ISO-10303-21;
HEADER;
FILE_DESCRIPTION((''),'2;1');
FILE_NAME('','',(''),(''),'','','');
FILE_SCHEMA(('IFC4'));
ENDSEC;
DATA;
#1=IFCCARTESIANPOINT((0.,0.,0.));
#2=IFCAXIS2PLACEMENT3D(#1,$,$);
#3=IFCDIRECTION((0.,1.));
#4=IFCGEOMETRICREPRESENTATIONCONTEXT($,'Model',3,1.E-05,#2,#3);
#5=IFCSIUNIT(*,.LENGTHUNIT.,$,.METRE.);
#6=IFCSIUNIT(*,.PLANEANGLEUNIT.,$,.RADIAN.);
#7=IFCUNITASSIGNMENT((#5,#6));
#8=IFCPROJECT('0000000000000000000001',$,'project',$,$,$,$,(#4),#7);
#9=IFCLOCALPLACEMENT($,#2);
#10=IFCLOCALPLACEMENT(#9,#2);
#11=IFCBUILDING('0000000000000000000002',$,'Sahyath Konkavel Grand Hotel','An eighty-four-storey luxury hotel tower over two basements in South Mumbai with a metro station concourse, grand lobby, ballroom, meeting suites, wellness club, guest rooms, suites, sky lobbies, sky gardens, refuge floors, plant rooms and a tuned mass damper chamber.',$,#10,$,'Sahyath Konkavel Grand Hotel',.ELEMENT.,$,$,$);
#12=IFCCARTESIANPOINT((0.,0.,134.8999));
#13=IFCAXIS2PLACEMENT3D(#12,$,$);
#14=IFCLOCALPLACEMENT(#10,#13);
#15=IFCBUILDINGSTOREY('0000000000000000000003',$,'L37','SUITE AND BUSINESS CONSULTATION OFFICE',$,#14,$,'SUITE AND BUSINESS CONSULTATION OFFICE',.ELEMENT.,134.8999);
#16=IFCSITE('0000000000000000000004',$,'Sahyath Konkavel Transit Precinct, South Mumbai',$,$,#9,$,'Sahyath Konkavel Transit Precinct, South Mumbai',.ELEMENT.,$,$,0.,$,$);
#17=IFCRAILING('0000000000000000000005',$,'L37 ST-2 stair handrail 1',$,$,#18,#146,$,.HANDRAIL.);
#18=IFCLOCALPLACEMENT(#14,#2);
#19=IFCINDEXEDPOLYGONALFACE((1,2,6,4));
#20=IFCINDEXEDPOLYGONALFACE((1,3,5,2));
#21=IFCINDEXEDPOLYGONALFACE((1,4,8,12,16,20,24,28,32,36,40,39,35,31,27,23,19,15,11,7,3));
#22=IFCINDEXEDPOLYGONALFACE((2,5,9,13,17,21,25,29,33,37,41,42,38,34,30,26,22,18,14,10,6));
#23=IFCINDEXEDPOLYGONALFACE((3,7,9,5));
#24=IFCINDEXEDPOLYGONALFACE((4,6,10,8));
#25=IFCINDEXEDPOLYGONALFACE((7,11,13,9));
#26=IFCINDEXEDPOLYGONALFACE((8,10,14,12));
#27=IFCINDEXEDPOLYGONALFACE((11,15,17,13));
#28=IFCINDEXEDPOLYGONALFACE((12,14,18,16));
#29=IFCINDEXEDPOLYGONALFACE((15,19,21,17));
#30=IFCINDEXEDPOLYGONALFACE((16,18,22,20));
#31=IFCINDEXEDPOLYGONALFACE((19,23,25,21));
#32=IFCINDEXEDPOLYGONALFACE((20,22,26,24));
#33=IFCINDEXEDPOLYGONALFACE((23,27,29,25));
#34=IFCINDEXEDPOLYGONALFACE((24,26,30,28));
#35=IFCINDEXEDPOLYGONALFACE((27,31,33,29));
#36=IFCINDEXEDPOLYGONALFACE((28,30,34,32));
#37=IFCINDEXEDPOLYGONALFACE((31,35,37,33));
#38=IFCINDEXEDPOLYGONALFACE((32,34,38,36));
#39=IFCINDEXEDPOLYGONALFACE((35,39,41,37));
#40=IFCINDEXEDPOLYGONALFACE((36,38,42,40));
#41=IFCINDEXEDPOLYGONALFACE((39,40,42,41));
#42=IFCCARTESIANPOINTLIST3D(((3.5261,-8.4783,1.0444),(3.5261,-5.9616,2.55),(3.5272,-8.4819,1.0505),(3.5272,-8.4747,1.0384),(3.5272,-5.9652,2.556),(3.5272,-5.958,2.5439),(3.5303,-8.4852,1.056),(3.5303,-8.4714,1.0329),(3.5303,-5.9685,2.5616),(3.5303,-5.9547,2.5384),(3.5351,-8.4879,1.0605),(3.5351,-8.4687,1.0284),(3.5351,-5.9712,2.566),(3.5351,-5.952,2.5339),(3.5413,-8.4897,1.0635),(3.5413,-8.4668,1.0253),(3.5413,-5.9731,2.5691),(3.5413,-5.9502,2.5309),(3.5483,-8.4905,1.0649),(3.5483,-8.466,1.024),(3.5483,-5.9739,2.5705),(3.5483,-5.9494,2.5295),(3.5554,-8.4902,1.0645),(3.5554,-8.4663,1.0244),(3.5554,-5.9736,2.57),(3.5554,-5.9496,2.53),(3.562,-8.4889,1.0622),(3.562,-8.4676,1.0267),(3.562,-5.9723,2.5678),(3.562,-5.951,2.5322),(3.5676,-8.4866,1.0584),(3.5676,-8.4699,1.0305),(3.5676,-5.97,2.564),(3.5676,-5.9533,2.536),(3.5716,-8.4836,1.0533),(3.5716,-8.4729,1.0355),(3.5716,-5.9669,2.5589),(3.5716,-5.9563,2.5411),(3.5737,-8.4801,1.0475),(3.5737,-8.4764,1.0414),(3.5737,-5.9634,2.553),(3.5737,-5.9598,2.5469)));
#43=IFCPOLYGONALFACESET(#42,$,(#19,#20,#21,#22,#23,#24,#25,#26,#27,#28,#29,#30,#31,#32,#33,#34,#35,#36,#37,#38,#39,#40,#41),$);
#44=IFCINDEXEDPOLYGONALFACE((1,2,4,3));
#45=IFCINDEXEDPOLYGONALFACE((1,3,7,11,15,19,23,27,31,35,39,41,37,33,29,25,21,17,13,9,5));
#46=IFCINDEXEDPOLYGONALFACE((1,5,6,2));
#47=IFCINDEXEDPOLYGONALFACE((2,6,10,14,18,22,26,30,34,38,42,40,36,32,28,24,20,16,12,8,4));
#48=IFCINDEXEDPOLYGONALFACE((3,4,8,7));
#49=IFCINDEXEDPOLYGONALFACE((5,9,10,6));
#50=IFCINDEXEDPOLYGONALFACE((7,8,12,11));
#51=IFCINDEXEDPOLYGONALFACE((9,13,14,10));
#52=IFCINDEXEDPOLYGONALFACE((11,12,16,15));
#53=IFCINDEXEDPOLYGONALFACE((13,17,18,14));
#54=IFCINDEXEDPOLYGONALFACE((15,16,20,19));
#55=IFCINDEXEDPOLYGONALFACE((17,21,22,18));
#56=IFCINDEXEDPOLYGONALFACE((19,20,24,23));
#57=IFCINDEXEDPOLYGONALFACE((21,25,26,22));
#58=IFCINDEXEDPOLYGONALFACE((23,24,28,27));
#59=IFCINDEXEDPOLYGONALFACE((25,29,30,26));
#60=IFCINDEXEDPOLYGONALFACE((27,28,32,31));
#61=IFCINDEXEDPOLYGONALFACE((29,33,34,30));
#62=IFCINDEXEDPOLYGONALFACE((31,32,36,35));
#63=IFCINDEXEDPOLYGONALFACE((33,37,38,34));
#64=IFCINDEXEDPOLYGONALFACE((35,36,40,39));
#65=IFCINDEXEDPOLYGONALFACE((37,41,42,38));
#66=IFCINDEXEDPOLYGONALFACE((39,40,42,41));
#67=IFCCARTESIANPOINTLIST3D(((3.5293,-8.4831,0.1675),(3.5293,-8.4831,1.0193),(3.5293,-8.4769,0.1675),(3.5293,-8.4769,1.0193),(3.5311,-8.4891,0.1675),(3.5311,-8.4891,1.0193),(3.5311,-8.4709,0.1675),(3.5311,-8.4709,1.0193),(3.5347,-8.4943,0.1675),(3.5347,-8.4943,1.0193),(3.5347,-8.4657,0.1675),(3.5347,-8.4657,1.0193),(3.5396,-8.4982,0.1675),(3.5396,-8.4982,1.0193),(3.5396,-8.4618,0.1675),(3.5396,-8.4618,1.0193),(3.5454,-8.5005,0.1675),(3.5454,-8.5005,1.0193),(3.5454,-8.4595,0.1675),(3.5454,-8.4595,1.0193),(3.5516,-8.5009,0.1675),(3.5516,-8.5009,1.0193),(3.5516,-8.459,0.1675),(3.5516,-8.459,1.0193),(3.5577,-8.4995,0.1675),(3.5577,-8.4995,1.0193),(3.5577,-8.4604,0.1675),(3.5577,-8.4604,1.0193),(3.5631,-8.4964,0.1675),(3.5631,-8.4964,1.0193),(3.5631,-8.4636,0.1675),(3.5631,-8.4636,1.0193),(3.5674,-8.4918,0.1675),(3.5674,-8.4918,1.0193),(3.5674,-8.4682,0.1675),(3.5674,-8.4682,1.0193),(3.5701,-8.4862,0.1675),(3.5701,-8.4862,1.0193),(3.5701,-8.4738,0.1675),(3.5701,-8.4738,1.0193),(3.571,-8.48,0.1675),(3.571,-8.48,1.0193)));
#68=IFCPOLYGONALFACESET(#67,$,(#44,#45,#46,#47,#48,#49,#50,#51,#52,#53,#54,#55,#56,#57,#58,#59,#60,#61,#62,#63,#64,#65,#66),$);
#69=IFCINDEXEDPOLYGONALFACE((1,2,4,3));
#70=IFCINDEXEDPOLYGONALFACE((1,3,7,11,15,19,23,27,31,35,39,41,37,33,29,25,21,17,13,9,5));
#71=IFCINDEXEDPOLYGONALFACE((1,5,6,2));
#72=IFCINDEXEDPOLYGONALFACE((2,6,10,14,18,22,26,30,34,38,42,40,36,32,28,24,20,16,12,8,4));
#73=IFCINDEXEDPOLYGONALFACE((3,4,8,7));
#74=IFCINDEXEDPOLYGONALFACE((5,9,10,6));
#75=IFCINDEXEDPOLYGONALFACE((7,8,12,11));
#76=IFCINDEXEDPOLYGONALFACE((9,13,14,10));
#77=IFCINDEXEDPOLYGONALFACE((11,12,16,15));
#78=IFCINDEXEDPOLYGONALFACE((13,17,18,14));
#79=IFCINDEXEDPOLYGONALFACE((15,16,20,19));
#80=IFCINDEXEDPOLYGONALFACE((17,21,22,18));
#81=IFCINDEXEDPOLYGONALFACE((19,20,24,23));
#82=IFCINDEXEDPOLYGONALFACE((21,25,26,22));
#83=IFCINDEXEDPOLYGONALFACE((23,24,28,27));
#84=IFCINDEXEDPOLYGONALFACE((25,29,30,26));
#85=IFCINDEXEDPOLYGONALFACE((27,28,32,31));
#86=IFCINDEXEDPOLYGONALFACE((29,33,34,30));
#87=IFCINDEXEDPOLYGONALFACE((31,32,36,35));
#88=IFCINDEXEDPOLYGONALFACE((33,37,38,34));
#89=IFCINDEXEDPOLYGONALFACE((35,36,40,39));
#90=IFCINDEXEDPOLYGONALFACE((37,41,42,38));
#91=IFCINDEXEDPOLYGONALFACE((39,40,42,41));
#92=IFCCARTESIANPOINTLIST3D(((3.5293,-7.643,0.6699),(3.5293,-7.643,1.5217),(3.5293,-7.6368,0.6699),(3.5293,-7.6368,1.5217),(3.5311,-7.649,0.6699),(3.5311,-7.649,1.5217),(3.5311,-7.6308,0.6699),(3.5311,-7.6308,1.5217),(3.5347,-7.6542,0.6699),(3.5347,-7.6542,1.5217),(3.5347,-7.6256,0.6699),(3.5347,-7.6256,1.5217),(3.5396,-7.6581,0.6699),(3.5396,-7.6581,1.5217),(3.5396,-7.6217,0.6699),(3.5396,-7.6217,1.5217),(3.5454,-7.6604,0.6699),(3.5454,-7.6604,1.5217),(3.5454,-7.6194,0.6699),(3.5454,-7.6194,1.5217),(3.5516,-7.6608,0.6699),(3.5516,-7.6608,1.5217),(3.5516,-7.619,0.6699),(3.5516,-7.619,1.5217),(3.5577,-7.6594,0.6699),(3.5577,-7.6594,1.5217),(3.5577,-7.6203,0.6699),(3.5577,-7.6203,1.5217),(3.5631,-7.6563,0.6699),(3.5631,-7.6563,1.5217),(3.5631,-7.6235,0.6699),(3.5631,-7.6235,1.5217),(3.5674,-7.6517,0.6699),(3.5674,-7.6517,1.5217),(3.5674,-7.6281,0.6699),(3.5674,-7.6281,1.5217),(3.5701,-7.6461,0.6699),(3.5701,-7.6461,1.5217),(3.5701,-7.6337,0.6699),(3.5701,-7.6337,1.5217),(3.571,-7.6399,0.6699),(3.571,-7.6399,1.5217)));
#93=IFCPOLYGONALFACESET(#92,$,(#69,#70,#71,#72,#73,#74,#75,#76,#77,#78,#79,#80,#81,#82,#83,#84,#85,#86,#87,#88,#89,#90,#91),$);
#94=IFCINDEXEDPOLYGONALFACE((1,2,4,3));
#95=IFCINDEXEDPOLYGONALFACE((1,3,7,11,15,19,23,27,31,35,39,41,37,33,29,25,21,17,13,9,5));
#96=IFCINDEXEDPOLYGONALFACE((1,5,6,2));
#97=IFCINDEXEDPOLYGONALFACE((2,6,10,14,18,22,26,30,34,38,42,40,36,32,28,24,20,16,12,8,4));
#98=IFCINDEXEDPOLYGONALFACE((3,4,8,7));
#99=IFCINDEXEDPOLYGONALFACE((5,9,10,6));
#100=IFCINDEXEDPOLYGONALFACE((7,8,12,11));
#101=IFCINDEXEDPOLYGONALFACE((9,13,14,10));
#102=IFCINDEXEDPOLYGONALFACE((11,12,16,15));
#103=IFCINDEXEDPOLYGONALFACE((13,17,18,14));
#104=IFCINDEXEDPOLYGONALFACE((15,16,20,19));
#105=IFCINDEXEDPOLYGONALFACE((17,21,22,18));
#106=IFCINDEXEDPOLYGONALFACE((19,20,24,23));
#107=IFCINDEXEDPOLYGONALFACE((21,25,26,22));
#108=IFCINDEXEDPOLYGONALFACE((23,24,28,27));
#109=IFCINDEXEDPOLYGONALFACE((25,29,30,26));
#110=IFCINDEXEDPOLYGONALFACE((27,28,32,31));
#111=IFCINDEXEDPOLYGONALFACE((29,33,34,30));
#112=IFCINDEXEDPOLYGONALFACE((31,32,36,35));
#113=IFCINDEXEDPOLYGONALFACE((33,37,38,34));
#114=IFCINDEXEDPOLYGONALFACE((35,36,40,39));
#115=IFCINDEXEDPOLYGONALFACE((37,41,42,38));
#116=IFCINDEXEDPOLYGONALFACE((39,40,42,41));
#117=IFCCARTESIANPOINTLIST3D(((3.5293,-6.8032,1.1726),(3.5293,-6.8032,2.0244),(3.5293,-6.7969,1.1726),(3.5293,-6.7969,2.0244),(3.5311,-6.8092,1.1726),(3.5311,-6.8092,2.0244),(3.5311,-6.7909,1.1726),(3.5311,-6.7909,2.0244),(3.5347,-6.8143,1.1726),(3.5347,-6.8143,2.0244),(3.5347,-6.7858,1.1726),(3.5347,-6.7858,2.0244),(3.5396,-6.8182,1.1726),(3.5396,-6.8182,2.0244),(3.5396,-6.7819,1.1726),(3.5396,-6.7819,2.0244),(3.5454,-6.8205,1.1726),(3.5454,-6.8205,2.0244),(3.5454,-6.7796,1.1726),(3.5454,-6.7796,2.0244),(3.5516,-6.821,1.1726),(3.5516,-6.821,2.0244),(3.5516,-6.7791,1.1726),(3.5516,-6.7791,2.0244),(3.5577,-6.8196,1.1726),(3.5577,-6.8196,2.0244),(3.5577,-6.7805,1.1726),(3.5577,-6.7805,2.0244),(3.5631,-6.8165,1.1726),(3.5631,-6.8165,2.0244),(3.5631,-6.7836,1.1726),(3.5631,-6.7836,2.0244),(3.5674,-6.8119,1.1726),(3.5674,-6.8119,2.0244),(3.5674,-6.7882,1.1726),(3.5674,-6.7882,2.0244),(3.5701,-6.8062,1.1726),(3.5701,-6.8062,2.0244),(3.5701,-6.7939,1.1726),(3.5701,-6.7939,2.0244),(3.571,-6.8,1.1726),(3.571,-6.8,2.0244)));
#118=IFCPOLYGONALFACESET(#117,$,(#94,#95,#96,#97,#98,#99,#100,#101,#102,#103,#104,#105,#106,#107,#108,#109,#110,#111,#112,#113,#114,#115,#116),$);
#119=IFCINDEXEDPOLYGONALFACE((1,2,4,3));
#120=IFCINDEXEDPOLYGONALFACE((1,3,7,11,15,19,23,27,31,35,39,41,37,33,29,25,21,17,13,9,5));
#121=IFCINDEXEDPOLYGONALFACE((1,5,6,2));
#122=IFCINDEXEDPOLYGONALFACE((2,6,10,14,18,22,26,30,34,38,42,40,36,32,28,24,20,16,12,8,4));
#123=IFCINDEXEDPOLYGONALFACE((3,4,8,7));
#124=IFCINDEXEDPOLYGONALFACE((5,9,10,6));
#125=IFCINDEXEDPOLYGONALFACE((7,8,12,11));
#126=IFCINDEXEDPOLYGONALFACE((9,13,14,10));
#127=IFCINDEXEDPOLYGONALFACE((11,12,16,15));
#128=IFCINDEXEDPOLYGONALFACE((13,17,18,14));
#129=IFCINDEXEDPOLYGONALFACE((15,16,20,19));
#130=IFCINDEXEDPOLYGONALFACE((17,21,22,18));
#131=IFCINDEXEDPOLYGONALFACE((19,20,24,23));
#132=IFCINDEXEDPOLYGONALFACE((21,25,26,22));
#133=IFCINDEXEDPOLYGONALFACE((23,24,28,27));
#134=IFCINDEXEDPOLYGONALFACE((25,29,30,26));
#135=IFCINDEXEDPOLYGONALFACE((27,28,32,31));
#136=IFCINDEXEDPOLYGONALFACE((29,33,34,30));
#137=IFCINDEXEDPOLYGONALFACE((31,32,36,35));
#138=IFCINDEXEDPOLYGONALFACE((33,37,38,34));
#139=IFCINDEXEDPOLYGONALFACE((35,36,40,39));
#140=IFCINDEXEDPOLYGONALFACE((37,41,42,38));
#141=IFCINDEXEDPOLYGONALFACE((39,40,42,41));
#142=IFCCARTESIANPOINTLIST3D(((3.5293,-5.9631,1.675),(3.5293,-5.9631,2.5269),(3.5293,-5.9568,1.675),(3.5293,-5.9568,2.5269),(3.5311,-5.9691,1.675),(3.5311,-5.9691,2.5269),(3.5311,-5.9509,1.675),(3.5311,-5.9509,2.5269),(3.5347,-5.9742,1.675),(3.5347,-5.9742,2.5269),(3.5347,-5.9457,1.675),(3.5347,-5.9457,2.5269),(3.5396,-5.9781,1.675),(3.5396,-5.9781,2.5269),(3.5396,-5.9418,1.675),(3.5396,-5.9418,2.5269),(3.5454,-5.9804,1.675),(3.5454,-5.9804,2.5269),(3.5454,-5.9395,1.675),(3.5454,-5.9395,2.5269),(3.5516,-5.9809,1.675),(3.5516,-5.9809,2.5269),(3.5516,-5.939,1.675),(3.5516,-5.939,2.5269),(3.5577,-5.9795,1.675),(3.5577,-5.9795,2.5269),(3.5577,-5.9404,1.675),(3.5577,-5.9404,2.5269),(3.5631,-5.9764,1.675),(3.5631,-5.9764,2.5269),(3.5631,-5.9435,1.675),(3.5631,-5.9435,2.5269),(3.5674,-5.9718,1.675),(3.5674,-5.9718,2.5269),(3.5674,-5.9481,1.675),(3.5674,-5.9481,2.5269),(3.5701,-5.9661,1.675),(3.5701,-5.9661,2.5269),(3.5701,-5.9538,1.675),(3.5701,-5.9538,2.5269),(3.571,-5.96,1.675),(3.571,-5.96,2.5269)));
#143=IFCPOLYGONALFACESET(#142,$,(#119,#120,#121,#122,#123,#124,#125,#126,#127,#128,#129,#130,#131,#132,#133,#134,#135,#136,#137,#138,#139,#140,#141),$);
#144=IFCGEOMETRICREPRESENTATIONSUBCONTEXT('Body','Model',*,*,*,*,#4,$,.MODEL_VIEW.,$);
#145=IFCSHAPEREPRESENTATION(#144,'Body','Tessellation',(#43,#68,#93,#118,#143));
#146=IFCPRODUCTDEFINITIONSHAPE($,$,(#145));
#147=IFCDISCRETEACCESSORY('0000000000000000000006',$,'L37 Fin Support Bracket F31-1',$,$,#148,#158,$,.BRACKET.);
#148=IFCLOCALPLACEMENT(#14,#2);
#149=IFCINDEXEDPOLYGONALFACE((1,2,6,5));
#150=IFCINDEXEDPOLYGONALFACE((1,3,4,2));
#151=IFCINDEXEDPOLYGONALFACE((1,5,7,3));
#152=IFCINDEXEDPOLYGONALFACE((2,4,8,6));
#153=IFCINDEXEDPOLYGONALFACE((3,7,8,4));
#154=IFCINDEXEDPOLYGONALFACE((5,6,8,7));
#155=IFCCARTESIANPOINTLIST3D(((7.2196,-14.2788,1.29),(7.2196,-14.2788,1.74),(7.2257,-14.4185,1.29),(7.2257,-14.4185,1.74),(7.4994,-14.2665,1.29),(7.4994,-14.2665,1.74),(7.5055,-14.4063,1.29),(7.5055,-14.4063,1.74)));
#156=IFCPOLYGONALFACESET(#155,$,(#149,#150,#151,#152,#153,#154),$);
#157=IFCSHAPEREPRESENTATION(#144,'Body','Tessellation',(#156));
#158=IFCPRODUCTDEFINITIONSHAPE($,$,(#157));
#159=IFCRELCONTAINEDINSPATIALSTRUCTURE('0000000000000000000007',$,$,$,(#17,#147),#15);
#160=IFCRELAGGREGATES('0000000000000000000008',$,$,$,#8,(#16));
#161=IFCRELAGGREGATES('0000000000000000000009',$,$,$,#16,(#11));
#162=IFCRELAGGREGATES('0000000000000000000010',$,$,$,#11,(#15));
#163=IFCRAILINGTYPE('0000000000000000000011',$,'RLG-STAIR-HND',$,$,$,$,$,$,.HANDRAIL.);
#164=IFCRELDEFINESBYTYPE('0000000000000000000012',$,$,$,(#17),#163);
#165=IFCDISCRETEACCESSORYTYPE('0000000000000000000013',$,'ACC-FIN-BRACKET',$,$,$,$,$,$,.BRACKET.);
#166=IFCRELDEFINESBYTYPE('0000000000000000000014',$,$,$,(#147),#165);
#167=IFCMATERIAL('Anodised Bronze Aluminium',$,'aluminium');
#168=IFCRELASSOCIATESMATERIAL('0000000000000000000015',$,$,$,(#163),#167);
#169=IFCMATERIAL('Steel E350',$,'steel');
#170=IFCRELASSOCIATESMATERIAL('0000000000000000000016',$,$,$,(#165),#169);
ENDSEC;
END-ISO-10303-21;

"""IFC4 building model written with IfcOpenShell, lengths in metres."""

from ifc_helpers import new_model, si_unit, direction, frame, origin, origin_2d, place, context, subcontext, project, spatial, rectangle, circle, extrude, source, transform, mapped, material, type_object, element, save


model = new_model("IFC4")

# Units and contexts
model_context = context("Model", 3, precision=1e-05, world=origin(), true_north=direction((0.0, 1.0)))
body_context = subcontext(model_context, "Body", "Model", "MODEL_VIEW")
ifc_project = project(units=[si_unit("LENGTHUNIT", "METRE"), si_unit("PLANEANGLEUNIT", "RADIAN")], contexts=[model_context])

# Site, building, storey
site_placement = place(None, origin())
site = spatial("IfcSite", under=ifc_project, at=site_placement, Name="Sahyath Konkavel Transit Precinct, South Mumbai", LongName="Sahyath Konkavel Transit Precinct, South Mumbai", CompositionType="ELEMENT", RefElevation=0.0)
building_placement = place(site_placement, origin())
building = spatial("IfcBuilding", under=site, at=building_placement, Name="Sahyath Konkavel Grand Hotel", Description="An eighty-four-storey luxury hotel tower over two basements in South Mumbai with a metro station concourse, grand lobby, ballroom, meeting suites, wellness club, guest rooms, suites, sky lobbies, sky gardens, refuge floors, plant rooms and a tuned mass damper chamber.", LongName="Sahyath Konkavel Grand Hotel", CompositionType="ELEMENT")
storey_placement = place(building_placement, frame((0.0, 0.0, 134.8999)))
storey = spatial("IfcBuildingStorey", under=building, at=storey_placement, Name="L37", Description="SUITE AND BUSINESS CONSULTATION OFFICE", LongName="SUITE AND BUSINESS CONSULTATION OFFICE", CompositionType="ELEMENT", Elevation=134.8999)

# Shared definitions
ifc_material_1 = material(Name="Steel E350", Category="steel")

# Shared definitions
ifc_material_2 = material(Name="Anodised Bronze Aluminium", Category="aluminium")

# Railing
railing_type_1 = type_object("IfcRailingType", Name="RLG-STAIR-HND", PredefinedType="HANDRAIL", material=ifc_material_2)
railing_1_placement = place(storey_placement, frame((3.55, -8.48, 0.1675)))
element("IfcRailing", 1, at=railing_1_placement, inside=storey, type_object=railing_type_1, Name="L37 ST-2 stair handrail 1", PredefinedType="HANDRAIL", context=body_context, shape_type="SweptSolid", body=[
    extrude(circle(Radius=0.0239, at=origin_2d()), frame((0.0, 0.0017, 0.877), z_axis=(0.0, 0.85816, 0.513383), x_axis=(-1.0, 0.0, 0.0)), (0.0, 0.0, 1.0), 2.9326),
    extrude(circle(Radius=0.021, at=origin_2d()), origin(), (0.0, 0.0, 1.0), 0.8518),
    extrude(circle(Radius=0.021, at=origin_2d()), frame((0.0, 0.8401, 0.5024)), (0.0, 0.0, 1.0), 0.8518),
    extrude(circle(Radius=0.021, at=origin_2d()), frame((0.0, 1.6799, 1.0051)), (0.0, 0.0, 1.0), 0.8518),
    extrude(circle(Radius=0.021, at=origin_2d()), frame((0.0, 2.52, 1.5076)), (0.0, 0.0, 1.0), 0.8518),
])

# Discrete accessory
discrete_accessory_type = type_object("IfcDiscreteAccessoryType", Name="ACC-FIN-BRACKET", PredefinedType="BRACKET", material=ifc_material_1)
shared_shape_1 = source(origin(), body_context, "Body", "SweptSolid", [
    extrude(rectangle(XDim=0.28, YDim=0.1399, at=origin_2d()), origin(), (0.0, 0.0, 1.0), 0.45),
])
discrete_accessory_placement = place(storey_placement, frame((7.3625, -14.3425, 1.29), z_axis=(0.0, 0.0, 1.0), x_axis=(0.999048, 0.043619, 0.0)))
element("IfcDiscreteAccessory", 2, at=discrete_accessory_placement, inside=storey, type_object=discrete_accessory_type, Name="L37 Fin Support Bracket F31-1", PredefinedType="BRACKET", context=body_context, shape_type="MappedRepresentation", body=[
    mapped(shared_shape_1, transform((0.0, 0.0, 0.0), scale=1.0)),
])

save(model, "model.ifc")
